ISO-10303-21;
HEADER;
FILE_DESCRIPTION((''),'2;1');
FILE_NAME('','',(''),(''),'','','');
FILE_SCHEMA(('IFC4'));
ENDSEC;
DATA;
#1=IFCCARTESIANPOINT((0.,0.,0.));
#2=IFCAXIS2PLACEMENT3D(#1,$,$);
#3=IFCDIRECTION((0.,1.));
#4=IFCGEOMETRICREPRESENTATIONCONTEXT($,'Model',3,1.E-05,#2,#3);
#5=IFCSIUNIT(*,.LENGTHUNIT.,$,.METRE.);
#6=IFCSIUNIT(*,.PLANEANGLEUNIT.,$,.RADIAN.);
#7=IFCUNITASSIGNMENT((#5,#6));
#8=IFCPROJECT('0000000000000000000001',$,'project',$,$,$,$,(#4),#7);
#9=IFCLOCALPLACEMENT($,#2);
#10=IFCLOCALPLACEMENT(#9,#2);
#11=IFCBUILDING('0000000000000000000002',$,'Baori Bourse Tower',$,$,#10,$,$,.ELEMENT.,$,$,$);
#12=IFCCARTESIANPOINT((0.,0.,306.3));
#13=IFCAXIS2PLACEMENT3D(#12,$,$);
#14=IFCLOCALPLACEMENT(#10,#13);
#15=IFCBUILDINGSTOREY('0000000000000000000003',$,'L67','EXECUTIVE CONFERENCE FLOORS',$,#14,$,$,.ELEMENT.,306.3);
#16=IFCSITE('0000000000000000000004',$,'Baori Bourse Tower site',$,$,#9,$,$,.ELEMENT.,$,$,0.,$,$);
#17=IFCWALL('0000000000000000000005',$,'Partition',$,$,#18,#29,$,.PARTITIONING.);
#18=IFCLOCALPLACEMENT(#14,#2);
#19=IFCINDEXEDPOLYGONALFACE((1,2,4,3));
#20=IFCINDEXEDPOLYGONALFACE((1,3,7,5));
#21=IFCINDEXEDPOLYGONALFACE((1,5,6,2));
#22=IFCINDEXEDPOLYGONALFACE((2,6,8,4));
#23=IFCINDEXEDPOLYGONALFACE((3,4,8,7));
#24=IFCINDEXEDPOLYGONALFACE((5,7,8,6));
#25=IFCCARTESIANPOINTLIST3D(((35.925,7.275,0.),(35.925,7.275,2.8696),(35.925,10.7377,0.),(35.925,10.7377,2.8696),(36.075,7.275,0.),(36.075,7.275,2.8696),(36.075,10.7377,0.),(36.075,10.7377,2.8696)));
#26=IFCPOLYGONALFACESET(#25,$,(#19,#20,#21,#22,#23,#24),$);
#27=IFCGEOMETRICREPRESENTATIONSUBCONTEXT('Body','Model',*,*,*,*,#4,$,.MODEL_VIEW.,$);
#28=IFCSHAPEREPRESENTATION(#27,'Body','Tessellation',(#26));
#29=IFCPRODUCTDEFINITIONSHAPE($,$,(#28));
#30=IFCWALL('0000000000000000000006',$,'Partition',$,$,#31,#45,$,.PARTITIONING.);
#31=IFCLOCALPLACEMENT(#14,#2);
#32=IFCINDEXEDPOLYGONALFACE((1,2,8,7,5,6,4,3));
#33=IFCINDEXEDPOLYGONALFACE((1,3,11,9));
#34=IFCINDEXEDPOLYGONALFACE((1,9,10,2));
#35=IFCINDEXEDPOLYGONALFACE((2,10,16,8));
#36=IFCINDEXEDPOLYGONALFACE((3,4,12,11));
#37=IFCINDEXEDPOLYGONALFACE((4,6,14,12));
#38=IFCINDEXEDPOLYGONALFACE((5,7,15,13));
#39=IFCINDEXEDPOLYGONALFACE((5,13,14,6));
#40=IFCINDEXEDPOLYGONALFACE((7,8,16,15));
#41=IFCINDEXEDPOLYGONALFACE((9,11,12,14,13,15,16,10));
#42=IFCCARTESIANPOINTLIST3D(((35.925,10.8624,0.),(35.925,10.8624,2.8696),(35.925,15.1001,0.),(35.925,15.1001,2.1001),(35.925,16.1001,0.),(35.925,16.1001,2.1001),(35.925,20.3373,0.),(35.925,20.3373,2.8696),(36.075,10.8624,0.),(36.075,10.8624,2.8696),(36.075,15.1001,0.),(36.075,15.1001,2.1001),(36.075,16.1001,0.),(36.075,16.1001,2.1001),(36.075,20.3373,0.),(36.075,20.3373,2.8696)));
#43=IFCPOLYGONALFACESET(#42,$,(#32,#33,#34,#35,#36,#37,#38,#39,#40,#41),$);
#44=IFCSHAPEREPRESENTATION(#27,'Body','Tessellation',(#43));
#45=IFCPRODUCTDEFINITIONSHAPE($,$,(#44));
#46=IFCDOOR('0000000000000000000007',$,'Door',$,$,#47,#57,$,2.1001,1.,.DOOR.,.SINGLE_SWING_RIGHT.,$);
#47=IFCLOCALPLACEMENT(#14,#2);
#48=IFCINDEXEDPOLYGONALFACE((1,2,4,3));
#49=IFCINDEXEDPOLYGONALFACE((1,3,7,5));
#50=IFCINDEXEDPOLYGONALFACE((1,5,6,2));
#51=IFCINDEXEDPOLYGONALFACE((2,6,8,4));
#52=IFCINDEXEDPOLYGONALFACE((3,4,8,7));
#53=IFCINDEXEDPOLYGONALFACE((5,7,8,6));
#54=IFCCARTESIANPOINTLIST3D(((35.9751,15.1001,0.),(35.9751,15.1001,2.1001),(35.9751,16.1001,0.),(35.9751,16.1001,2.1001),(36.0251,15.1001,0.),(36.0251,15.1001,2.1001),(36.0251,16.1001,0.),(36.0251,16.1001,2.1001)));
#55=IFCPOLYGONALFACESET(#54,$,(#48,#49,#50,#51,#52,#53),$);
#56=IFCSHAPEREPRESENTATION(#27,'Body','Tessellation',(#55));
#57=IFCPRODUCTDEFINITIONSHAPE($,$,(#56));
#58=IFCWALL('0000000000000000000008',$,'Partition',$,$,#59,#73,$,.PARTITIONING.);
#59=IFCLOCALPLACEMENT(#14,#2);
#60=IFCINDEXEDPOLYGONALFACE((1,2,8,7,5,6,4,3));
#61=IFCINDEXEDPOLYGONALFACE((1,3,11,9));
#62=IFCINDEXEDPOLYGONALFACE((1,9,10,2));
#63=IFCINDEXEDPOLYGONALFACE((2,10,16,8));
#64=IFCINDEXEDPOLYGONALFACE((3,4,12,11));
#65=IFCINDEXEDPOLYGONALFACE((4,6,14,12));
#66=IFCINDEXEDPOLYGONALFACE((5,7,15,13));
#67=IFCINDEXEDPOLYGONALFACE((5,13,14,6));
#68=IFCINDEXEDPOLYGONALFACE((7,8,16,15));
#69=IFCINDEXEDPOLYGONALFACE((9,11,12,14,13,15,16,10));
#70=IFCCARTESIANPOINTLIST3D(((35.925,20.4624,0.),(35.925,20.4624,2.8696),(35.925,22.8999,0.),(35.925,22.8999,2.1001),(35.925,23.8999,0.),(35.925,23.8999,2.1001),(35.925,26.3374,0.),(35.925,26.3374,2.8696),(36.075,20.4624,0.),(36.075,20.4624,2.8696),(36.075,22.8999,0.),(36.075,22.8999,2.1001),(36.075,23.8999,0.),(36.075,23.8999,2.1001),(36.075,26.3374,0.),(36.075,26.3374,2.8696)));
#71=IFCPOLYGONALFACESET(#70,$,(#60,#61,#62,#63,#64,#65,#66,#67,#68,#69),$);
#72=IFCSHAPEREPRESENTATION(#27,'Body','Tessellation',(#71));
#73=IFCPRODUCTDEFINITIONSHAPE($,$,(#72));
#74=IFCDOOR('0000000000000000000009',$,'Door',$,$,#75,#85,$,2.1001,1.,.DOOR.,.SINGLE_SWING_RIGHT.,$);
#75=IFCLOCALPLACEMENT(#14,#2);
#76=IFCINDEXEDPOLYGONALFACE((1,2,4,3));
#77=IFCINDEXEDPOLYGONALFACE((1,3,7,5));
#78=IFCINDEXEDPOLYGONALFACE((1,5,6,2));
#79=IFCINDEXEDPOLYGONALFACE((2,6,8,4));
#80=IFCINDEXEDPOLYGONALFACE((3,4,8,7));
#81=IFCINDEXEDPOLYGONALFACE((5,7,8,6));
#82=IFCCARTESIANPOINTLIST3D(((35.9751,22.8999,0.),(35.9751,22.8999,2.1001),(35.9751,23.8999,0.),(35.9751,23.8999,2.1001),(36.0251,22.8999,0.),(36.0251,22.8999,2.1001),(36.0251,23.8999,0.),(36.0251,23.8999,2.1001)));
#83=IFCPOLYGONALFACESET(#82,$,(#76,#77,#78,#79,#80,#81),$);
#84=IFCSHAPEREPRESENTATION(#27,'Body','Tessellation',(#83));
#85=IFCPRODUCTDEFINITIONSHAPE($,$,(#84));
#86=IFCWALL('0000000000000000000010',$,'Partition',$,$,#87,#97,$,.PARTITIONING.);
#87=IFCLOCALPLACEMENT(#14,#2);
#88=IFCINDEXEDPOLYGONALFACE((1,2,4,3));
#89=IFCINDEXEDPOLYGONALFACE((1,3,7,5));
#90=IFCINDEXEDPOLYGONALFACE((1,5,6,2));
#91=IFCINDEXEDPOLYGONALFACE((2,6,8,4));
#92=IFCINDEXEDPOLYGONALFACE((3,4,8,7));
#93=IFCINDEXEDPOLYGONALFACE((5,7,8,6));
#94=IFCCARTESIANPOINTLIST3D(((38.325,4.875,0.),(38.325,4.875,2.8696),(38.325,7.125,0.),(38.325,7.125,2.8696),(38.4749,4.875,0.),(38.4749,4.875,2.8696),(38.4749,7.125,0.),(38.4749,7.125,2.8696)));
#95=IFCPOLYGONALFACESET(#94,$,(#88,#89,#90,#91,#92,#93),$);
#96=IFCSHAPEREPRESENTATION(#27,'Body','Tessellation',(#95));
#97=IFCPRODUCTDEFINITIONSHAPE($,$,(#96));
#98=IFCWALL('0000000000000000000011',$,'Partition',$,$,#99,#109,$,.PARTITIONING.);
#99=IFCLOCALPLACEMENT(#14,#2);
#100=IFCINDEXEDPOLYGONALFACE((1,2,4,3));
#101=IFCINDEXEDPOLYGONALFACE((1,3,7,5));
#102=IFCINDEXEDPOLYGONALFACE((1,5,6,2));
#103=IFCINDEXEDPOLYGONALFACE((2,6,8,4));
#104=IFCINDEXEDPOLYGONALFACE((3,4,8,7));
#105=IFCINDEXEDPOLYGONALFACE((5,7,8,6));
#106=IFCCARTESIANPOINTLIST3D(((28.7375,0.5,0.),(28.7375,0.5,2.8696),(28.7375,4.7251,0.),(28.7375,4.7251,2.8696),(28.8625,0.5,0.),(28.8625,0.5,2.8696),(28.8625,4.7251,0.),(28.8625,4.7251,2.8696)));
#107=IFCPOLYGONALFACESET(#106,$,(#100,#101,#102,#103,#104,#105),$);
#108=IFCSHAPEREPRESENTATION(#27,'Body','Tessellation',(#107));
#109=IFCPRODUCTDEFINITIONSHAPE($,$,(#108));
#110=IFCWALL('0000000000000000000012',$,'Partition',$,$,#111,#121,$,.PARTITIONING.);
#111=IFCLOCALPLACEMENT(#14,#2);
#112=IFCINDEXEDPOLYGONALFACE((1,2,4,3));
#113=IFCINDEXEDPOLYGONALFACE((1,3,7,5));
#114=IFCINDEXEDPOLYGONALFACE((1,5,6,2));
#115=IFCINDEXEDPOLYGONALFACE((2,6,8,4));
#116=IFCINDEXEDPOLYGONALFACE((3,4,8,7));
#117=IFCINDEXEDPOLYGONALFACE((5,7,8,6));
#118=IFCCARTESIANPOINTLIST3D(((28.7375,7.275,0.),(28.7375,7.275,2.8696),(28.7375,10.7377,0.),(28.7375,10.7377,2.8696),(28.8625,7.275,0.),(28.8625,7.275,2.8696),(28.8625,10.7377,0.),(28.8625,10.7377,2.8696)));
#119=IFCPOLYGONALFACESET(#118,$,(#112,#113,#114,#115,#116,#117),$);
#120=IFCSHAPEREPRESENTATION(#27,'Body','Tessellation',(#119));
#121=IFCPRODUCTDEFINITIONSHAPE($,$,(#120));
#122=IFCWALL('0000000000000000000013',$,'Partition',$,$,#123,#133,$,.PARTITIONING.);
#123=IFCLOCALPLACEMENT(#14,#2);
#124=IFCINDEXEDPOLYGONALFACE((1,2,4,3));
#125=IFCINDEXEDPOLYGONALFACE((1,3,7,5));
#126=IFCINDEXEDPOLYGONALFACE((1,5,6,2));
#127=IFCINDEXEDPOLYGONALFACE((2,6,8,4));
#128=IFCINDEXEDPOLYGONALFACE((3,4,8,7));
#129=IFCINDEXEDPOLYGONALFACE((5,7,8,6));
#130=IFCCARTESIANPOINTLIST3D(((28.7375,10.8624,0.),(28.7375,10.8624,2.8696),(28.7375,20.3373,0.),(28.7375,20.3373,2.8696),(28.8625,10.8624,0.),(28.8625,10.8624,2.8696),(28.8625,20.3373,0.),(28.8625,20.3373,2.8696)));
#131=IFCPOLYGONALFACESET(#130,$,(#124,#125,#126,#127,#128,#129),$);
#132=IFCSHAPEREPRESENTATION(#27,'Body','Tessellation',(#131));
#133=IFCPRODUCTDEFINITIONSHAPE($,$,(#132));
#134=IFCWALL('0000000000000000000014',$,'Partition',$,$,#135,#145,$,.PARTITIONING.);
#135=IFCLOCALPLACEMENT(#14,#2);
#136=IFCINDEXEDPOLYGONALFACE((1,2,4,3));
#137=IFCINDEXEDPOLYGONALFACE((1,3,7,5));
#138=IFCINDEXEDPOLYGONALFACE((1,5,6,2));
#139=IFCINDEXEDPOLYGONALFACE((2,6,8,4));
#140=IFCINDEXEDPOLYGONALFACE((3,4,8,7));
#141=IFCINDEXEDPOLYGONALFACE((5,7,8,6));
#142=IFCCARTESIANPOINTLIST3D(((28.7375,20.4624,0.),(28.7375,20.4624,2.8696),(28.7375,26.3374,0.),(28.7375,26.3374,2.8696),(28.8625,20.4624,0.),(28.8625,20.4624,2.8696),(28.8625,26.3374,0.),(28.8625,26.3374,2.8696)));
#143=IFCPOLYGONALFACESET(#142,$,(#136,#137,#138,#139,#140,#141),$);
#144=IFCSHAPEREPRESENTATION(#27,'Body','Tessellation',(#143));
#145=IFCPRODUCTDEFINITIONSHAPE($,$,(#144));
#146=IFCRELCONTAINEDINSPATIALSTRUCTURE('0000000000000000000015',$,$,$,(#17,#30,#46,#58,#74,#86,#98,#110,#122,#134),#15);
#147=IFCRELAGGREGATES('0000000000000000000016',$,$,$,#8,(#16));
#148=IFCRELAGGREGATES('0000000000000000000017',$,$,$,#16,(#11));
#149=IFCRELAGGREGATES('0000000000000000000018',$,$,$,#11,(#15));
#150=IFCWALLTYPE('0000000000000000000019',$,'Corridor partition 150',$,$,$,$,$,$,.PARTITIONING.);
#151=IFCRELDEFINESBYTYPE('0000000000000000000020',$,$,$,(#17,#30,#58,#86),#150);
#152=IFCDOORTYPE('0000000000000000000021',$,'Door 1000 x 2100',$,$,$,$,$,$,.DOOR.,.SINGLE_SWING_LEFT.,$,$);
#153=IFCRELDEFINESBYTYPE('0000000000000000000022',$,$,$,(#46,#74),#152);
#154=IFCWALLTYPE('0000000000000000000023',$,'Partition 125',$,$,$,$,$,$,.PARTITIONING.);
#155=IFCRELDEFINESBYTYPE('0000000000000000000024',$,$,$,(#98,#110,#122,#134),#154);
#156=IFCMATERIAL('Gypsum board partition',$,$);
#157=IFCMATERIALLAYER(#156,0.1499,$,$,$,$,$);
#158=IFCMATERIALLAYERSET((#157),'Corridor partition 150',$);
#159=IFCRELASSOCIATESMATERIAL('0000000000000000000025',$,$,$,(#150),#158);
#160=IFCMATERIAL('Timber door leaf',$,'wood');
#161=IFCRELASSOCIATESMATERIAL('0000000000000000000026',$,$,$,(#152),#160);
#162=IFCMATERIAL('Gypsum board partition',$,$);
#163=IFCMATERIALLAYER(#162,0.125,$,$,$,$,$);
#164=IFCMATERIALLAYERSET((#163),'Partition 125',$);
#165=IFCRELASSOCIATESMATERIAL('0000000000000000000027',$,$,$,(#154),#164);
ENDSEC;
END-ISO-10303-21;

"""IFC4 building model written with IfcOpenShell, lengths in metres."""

from ifc_helpers import new_model, si_unit, direction, frame, frame_2d, origin, place, context, subcontext, project, spatial, rectangle, extrude, material, layer, layer_set, type_object, element, fill, save


model = new_model("IFC4")

# Units and contexts
model_context = context("Model", 3, precision=1e-05, world=origin(), true_north=direction((0.0, 1.0)))
body_context = subcontext(model_context, "Body", "Model", "MODEL_VIEW")
ifc_project = project(units=[si_unit("LENGTHUNIT", "METRE"), si_unit("PLANEANGLEUNIT", "RADIAN")], contexts=[model_context])

# Site, building, storey
site_placement = place(None, origin())
site = spatial("IfcSite", under=ifc_project, at=site_placement, Name="Baori Bourse Tower site", CompositionType="ELEMENT", RefElevation=0.0)
building_placement = place(site_placement, origin())
building = spatial("IfcBuilding", under=site, at=building_placement, Name="Baori Bourse Tower", CompositionType="ELEMENT")
storey_placement = place(building_placement, frame((0.0, 0.0, 306.3)))
storey = spatial("IfcBuildingStorey", under=building, at=storey_placement, Name="L67", Description="EXECUTIVE CONFERENCE FLOORS", CompositionType="ELEMENT", Elevation=306.3)

# Shared definitions
ifc_material_1 = material(Name="Gypsum board partition")
ifc_layer_1 = layer(ifc_material_1, 0.1499)
ifc_layer_set_1 = layer_set([ifc_layer_1], Name="Corridor partition 150")
wall_type_1 = type_object("IfcWallType", Name="Corridor partition 150", PredefinedType="PARTITIONING", material=ifc_layer_set_1)
ifc_material_2 = material(Name="Timber door leaf", Category="wood")
door_type = type_object("IfcDoorType", Name="Door 1000 x 2100", OperationType="SINGLE_SWING_LEFT", PredefinedType="DOOR", material=ifc_material_2)

# Wall
wall_1_placement = place(storey_placement, frame((36.0, 7.2749, 0.0), z_axis=(0.0, 0.0, 1.0), x_axis=(0.0, 1.0, 0.0)))
element("IfcWall", 1, at=wall_1_placement, inside=storey, type_object=wall_type_1, Name="Partition", PredefinedType="PARTITIONING", context=body_context, shape_type="SweptSolid", body=[
    extrude(rectangle(XDim=3.4626, YDim=0.1499, at=frame_2d((1.7314, 0.0))), origin(), (0.0, 0.0, 1.0), 2.8696),
])

# Walls, openings, doors
wall_2_placement = place(storey_placement, frame((36.0, 10.8625, 0.0), z_axis=(0.0, 0.0, 1.0), x_axis=(0.0, 1.0, 0.0)))
wall_2 = element("IfcWall", 2, at=wall_2_placement, inside=storey, type_object=wall_type_1, Name="Partition", PredefinedType="PARTITIONING", context=body_context, shape_type="SweptSolid", body=[
    extrude(rectangle(XDim=9.4749, YDim=0.1499, at=frame_2d((4.7373, 0.0))), origin(), (0.0, 0.0, 1.0), 2.8696),
])
opening_1_placement = place(wall_2_placement, frame((4.2375, 0.0, 0.0)))
opening_1 = element("IfcOpeningElement", 3, at=opening_1_placement, cuts=wall_2, PredefinedType="OPENING", context=body_context, shape_type="SweptSolid", body=[
    extrude(rectangle(XDim=1.0, YDim=2.1001, at=frame_2d((0.5, 1.05))), frame((0.0, 0.085, 0.0), z_axis=(0.0, -1.0, 0.0), x_axis=(1.0, 0.0, 0.0)), (0.0, 0.0, 1.0), 0.1699),
])
door_1_placement = place(opening_1_placement, origin())
door_1 = element("IfcDoor", 4, at=door_1_placement, inside=storey, type_object=door_type, Name="Door", OperationType="SINGLE_SWING_RIGHT", OverallHeight=2.1001, OverallWidth=1.0, PredefinedType="DOOR", context=body_context, shape_type="SweptSolid", body=[
    extrude(rectangle(XDim=1.0, YDim=2.1001, at=frame_2d((0.5, 1.05))), frame((0.0, 0.0249, 0.0), z_axis=(0.0, -1.0, 0.0), x_axis=(1.0, 0.0, 0.0)), (0.0, 0.0, 1.0), 0.05),
])
fill(opening_1, door_1)
wall_3_placement = place(storey_placement, frame((36.0, 20.4624, 0.0), z_axis=(0.0, 0.0, 1.0), x_axis=(0.0, 1.0, 0.0)))
wall_3 = element("IfcWall", 5, at=wall_3_placement, inside=storey, type_object=wall_type_1, Name="Partition", PredefinedType="PARTITIONING", context=body_context, shape_type="SweptSolid", body=[
    extrude(rectangle(XDim=5.875, YDim=0.1499, at=frame_2d((2.9375, 0.0))), origin(), (0.0, 0.0, 1.0), 2.8696),
])
opening_2_placement = place(wall_3_placement, frame((2.4375, 0.0, 0.0)))
opening_2 = element("IfcOpeningElement", 6, at=opening_2_placement, cuts=wall_3, PredefinedType="OPENING", context=body_context, shape_type="SweptSolid", body=[
    extrude(rectangle(XDim=1.0, YDim=2.1001, at=frame_2d((0.5, 1.05))), frame((0.0, 0.085, 0.0), z_axis=(0.0, -1.0, 0.0), x_axis=(1.0, 0.0, 0.0)), (0.0, 0.0, 1.0), 0.1699),
])
door_2_placement = place(opening_2_placement, origin())
door_2 = element("IfcDoor", 7, at=door_2_placement, inside=storey, type_object=door_type, Name="Door", OperationType="SINGLE_SWING_RIGHT", OverallHeight=2.1001, OverallWidth=1.0, PredefinedType="DOOR", context=body_context, shape_type="SweptSolid", body=[
    extrude(rectangle(XDim=1.0, YDim=2.1001, at=frame_2d((0.5, 1.05))), frame((0.0, 0.0249, 0.0), z_axis=(0.0, -1.0, 0.0), x_axis=(1.0, 0.0, 0.0)), (0.0, 0.0, 1.0), 0.05),
])
fill(opening_2, door_2)

# Walls
wall_4_placement = place(storey_placement, frame((38.3999, 4.875, 0.0), z_axis=(0.0, 0.0, 1.0), x_axis=(0.0, 1.0, 0.0)))
element("IfcWall", 8, at=wall_4_placement, inside=storey, type_object=wall_type_1, Name="Partition", PredefinedType="PARTITIONING", context=body_context, shape_type="SweptSolid", body=[
    extrude(rectangle(XDim=2.25, YDim=0.1499, at=frame_2d((1.125, 0.0))), origin(), (0.0, 0.0, 1.0), 2.8696),
])
ifc_material_3 = material(Name="Gypsum board partition")
ifc_layer_2 = layer(ifc_material_3, 0.125)
ifc_layer_set_2 = layer_set([ifc_layer_2], Name="Partition 125")
wall_type_2 = type_object("IfcWallType", Name="Partition 125", PredefinedType="PARTITIONING", material=ifc_layer_set_2)
wall_5_placement = place(storey_placement, frame((28.8, 0.5, 0.0), z_axis=(0.0, 0.0, 1.0), x_axis=(0.0, 1.0, 0.0)))
element("IfcWall", 9, at=wall_5_placement, inside=storey, type_object=wall_type_2, Name="Partition", PredefinedType="PARTITIONING", context=body_context, shape_type="SweptSolid", body=[
    extrude(rectangle(XDim=4.2251, YDim=0.125, at=frame_2d((2.1125, 0.0))), origin(), (0.0, 0.0, 1.0), 2.8696),
])
wall_6_placement = place(storey_placement, frame((28.8, 7.2749, 0.0), z_axis=(0.0, 0.0, 1.0), x_axis=(0.0, 1.0, 0.0)))
element("IfcWall", 10, at=wall_6_placement, inside=storey, type_object=wall_type_2, Name="Partition", PredefinedType="PARTITIONING", context=body_context, shape_type="SweptSolid", body=[
    extrude(rectangle(XDim=3.4626, YDim=0.125, at=frame_2d((1.7314, 0.0))), origin(), (0.0, 0.0, 1.0), 2.8696),
])
wall_7_placement = place(storey_placement, frame((28.8, 10.8625, 0.0), z_axis=(0.0, 0.0, 1.0), x_axis=(0.0, 1.0, 0.0)))
element("IfcWall", 11, at=wall_7_placement, inside=storey, type_object=wall_type_2, Name="Partition", PredefinedType="PARTITIONING", context=body_context, shape_type="SweptSolid", body=[
    extrude(rectangle(XDim=9.4749, YDim=0.125, at=frame_2d((4.7373, 0.0))), origin(), (0.0, 0.0, 1.0), 2.8696),
])
wall_8_placement = place(storey_placement, frame((28.8, 20.4624, 0.0), z_axis=(0.0, 0.0, 1.0), x_axis=(0.0, 1.0, 0.0)))
element("IfcWall", 12, at=wall_8_placement, inside=storey, type_object=wall_type_2, Name="Partition", PredefinedType="PARTITIONING", context=body_context, shape_type="SweptSolid", body=[
    extrude(rectangle(XDim=5.875, YDim=0.125, at=frame_2d((2.9375, 0.0))), origin(), (0.0, 0.0, 1.0), 2.8696),
])

save(model, "model.ifc")
